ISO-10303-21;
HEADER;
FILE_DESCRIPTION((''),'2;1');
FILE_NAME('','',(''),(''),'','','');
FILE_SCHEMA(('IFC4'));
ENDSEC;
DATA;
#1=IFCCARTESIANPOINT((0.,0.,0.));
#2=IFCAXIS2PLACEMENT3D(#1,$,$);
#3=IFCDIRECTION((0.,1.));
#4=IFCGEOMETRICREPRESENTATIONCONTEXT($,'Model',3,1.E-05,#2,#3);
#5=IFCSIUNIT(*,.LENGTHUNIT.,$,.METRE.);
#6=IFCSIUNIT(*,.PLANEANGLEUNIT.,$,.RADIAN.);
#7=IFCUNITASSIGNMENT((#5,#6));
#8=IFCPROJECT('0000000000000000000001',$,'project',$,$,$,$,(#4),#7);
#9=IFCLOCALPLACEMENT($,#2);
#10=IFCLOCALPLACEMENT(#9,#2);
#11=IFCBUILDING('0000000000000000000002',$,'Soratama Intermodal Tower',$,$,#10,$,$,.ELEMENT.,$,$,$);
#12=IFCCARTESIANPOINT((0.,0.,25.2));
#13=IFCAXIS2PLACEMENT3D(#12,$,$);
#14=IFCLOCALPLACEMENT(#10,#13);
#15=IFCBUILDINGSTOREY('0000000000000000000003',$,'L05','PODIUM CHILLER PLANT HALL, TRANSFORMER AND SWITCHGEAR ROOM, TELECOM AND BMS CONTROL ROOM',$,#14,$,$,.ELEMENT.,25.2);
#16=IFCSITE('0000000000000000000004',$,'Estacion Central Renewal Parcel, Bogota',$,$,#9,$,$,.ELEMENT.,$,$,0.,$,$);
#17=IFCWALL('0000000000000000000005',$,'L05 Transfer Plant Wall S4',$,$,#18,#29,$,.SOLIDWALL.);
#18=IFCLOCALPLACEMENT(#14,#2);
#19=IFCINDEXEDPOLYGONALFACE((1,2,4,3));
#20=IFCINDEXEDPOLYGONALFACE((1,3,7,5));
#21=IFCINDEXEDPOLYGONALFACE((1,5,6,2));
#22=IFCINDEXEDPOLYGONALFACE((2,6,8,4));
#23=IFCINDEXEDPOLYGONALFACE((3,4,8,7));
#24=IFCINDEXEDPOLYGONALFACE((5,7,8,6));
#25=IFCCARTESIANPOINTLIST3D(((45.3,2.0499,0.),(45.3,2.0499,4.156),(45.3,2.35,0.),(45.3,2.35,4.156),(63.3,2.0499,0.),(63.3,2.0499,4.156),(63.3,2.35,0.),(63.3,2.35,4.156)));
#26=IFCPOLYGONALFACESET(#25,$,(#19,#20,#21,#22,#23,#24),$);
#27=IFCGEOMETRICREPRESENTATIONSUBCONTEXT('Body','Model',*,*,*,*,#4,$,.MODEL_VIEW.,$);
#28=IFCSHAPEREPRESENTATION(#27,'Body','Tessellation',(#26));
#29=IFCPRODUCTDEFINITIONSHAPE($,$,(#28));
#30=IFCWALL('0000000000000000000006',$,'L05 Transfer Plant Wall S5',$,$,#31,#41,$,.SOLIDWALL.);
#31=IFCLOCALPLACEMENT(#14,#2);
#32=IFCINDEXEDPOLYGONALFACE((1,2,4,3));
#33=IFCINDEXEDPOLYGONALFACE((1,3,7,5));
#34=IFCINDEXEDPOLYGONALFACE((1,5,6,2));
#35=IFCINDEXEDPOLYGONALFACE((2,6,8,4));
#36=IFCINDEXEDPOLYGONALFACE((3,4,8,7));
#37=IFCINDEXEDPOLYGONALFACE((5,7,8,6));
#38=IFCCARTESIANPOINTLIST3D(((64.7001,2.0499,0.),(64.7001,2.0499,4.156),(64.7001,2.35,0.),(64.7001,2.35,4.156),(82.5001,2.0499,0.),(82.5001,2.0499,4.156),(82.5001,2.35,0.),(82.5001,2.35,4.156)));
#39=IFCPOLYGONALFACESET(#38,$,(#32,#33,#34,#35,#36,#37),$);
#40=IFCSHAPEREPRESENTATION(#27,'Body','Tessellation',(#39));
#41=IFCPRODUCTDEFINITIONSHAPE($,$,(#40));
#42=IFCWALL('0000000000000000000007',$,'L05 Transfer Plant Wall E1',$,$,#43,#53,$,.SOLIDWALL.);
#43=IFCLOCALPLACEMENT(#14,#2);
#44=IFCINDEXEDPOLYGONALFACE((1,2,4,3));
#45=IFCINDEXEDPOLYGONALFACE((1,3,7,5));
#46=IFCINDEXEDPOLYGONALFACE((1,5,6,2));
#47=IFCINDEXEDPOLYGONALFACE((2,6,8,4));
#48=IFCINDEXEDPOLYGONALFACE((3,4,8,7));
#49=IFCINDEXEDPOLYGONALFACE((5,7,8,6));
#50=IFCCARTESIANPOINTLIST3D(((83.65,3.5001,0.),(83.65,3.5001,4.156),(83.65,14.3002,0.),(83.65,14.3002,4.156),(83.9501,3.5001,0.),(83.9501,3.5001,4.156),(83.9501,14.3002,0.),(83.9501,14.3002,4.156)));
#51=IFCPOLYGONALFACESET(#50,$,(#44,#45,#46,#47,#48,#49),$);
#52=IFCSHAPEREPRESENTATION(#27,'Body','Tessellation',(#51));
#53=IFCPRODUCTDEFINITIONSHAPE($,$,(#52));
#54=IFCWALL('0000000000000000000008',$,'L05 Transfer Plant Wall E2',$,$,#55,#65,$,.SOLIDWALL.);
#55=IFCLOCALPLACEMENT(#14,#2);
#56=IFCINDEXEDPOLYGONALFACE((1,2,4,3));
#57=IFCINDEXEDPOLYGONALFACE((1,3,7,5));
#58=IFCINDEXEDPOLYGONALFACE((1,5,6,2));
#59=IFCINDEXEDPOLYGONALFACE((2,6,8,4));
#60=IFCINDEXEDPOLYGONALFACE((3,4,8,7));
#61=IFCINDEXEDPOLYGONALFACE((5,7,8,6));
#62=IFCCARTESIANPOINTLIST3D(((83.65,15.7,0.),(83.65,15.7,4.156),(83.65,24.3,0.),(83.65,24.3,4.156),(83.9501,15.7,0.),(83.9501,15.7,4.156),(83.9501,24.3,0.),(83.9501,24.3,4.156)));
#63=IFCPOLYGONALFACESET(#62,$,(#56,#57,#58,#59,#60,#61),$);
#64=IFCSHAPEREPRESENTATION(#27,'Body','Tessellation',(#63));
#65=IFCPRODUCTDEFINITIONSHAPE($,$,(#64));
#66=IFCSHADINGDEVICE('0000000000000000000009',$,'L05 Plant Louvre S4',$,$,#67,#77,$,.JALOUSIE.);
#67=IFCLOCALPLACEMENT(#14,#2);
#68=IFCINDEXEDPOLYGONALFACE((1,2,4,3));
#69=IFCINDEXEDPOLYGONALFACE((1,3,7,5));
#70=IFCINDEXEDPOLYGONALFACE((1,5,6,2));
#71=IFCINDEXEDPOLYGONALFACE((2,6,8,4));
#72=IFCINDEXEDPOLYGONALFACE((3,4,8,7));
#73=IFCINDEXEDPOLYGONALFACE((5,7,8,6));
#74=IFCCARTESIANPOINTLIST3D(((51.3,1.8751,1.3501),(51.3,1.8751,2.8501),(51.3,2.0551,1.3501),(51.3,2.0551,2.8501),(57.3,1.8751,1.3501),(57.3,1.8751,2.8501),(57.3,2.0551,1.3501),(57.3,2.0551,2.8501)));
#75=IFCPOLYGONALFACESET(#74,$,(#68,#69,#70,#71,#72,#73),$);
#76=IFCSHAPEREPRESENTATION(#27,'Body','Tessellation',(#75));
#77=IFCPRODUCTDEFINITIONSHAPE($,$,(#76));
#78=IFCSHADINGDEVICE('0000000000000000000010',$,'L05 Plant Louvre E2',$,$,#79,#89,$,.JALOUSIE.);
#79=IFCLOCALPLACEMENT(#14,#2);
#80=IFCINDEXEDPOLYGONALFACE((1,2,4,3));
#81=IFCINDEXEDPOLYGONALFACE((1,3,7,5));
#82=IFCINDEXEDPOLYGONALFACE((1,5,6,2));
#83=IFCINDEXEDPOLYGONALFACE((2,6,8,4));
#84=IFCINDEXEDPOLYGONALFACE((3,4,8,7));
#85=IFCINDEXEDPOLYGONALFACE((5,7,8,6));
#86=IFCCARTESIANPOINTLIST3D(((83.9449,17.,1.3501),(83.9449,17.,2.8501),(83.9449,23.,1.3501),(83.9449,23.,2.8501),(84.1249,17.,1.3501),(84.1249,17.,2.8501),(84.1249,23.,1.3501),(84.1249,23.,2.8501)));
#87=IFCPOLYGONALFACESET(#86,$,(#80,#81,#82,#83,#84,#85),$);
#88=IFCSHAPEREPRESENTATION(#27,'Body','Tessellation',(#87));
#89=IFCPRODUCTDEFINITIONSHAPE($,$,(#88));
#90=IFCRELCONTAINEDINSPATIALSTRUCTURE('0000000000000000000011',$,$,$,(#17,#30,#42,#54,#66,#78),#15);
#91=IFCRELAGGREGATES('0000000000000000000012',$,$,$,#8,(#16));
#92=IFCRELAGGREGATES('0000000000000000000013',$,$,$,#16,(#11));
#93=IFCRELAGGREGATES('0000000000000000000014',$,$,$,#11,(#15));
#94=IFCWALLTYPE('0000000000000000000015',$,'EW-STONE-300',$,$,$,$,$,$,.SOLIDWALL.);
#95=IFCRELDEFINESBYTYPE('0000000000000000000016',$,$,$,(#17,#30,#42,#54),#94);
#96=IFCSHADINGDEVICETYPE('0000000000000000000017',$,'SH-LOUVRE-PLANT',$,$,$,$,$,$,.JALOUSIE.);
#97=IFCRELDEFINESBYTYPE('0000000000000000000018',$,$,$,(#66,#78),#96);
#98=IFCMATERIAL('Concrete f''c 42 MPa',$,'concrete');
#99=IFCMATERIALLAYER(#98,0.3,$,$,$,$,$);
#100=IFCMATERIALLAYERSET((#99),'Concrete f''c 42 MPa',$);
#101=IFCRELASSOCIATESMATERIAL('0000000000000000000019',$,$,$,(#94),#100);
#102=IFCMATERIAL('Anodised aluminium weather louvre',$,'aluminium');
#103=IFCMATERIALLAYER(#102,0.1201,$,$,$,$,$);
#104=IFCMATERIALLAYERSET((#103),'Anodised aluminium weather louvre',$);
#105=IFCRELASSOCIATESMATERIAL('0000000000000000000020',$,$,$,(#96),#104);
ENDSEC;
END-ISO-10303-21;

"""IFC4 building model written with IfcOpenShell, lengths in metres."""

from ifc_helpers import new_model, si_unit, direction, frame, frame_2d, origin, origin_2d, place, context, subcontext, project, spatial, rectangle, extrude, material, layer, layer_set, type_object, element, save


model = new_model("IFC4")

# Units and contexts
model_context = context("Model", 3, precision=1e-05, world=origin(), true_north=direction((0.0, 1.0)))
body_context = subcontext(model_context, "Body", "Model", "MODEL_VIEW")
ifc_project = project(units=[si_unit("LENGTHUNIT", "METRE"), si_unit("PLANEANGLEUNIT", "RADIAN")], contexts=[model_context])

# Site, building, storey
site_placement = place(None, origin())
site = spatial("IfcSite", under=ifc_project, at=site_placement, Name="Estacion Central Renewal Parcel, Bogota", CompositionType="ELEMENT", RefElevation=0.0)
building_placement = place(site_placement, origin())
building = spatial("IfcBuilding", under=site, at=building_placement, Name="Soratama Intermodal Tower", CompositionType="ELEMENT")
storey_placement = place(building_placement, frame((0.0, 0.0, 25.2)))
storey = spatial("IfcBuildingStorey", under=building, at=storey_placement, Name="L05", Description="PODIUM CHILLER PLANT HALL, TRANSFORMER AND SWITCHGEAR ROOM, TELECOM AND BMS CONTROL ROOM", CompositionType="ELEMENT", Elevation=25.2)

# Walls
ifc_material_1 = material(Name="Concrete f'c 42 MPa", Category="concrete")
ifc_layer_1 = layer(ifc_material_1, 0.3)
ifc_layer_set_1 = layer_set([ifc_layer_1], Name="Concrete f'c 42 MPa")
wall_type = type_object("IfcWallType", Name="EW-STONE-300", PredefinedType="SOLIDWALL", material=ifc_layer_set_1)
wall_1_placement = place(storey_placement, frame((63.3, 2.2, 0.0), z_axis=(0.0, 0.0, 1.0), x_axis=(-1.0, 0.0, 0.0)))
element("IfcWall", 1, at=wall_1_placement, inside=storey, type_object=wall_type, Name="L05 Transfer Plant Wall S4", PredefinedType="SOLIDWALL", context=body_context, shape_type="SweptSolid", body=[
    extrude(rectangle(XDim=18.0, YDim=0.3, at=frame_2d((9.0, 0.0))), origin(), (0.0, 0.0, 1.0), 4.156),
])
wall_2_placement = place(storey_placement, frame((82.5, 2.2, 0.0), z_axis=(0.0, 0.0, 1.0), x_axis=(-1.0, 0.0, 0.0)))
element("IfcWall", 2, at=wall_2_placement, inside=storey, type_object=wall_type, Name="L05 Transfer Plant Wall S5", PredefinedType="SOLIDWALL", context=body_context, shape_type="SweptSolid", body=[
    extrude(rectangle(XDim=17.8, YDim=0.3, at=frame_2d((8.8999, 0.0))), origin(), (0.0, 0.0, 1.0), 4.156),
])
wall_3_placement = place(storey_placement, frame((83.8, 14.3, 0.0), z_axis=(0.0, 0.0, 1.0), x_axis=(0.0, -1.0, 0.0)))
element("IfcWall", 3, at=wall_3_placement, inside=storey, type_object=wall_type, Name="L05 Transfer Plant Wall E1", PredefinedType="SOLIDWALL", context=body_context, shape_type="SweptSolid", body=[
    extrude(rectangle(XDim=10.8, YDim=0.3, at=frame_2d((5.3999, 0.0))), origin(), (0.0, 0.0, 1.0), 4.156),
])
wall_4_placement = place(storey_placement, frame((83.8, 24.3, 0.0), z_axis=(0.0, 0.0, 1.0), x_axis=(0.0, -1.0, 0.0)))
element("IfcWall", 4, at=wall_4_placement, inside=storey, type_object=wall_type, Name="L05 Transfer Plant Wall E2", PredefinedType="SOLIDWALL", context=body_context, shape_type="SweptSolid", body=[
    extrude(rectangle(XDim=8.6001, YDim=0.3, at=frame_2d((4.3, 0.0))), origin(), (0.0, 0.0, 1.0), 4.156),
])

# Shading devices
ifc_material_2 = material(Name="Anodised aluminium weather louvre", Category="aluminium")
ifc_layer_2 = layer(ifc_material_2, 0.1201)
ifc_layer_set_2 = layer_set([ifc_layer_2], Name="Anodised aluminium weather louvre")
shading_device_type = type_object("IfcShadingDeviceType", Name="SH-LOUVRE-PLANT", PredefinedType="JALOUSIE", material=ifc_layer_set_2)
for number, where, z_axis, x_axis, name in (
    (5, (54.3, 1.9651, 1.3501), (0.0, 0.0, 1.0), (1.0, 0.0, 0.0), "L05 Plant Louvre S4"),
    (6, (84.0349, 20.0, 1.3501), (0.0, 0.0, 1.0), (0.0, 1.0, 0.0), "L05 Plant Louvre E2"),
):
    element("IfcShadingDevice", number, at=place(storey_placement, frame(where, z_axis=z_axis, x_axis=x_axis)), inside=storey, type_object=shading_device_type, Name=name, PredefinedType="JALOUSIE", context=body_context, shape_type="SweptSolid", body=[
        extrude(rectangle(XDim=6.0, YDim=0.1799, at=origin_2d()), origin(), (0.0, 0.0, 1.0), 1.5),
    ])

save(model, "model.ifc")
